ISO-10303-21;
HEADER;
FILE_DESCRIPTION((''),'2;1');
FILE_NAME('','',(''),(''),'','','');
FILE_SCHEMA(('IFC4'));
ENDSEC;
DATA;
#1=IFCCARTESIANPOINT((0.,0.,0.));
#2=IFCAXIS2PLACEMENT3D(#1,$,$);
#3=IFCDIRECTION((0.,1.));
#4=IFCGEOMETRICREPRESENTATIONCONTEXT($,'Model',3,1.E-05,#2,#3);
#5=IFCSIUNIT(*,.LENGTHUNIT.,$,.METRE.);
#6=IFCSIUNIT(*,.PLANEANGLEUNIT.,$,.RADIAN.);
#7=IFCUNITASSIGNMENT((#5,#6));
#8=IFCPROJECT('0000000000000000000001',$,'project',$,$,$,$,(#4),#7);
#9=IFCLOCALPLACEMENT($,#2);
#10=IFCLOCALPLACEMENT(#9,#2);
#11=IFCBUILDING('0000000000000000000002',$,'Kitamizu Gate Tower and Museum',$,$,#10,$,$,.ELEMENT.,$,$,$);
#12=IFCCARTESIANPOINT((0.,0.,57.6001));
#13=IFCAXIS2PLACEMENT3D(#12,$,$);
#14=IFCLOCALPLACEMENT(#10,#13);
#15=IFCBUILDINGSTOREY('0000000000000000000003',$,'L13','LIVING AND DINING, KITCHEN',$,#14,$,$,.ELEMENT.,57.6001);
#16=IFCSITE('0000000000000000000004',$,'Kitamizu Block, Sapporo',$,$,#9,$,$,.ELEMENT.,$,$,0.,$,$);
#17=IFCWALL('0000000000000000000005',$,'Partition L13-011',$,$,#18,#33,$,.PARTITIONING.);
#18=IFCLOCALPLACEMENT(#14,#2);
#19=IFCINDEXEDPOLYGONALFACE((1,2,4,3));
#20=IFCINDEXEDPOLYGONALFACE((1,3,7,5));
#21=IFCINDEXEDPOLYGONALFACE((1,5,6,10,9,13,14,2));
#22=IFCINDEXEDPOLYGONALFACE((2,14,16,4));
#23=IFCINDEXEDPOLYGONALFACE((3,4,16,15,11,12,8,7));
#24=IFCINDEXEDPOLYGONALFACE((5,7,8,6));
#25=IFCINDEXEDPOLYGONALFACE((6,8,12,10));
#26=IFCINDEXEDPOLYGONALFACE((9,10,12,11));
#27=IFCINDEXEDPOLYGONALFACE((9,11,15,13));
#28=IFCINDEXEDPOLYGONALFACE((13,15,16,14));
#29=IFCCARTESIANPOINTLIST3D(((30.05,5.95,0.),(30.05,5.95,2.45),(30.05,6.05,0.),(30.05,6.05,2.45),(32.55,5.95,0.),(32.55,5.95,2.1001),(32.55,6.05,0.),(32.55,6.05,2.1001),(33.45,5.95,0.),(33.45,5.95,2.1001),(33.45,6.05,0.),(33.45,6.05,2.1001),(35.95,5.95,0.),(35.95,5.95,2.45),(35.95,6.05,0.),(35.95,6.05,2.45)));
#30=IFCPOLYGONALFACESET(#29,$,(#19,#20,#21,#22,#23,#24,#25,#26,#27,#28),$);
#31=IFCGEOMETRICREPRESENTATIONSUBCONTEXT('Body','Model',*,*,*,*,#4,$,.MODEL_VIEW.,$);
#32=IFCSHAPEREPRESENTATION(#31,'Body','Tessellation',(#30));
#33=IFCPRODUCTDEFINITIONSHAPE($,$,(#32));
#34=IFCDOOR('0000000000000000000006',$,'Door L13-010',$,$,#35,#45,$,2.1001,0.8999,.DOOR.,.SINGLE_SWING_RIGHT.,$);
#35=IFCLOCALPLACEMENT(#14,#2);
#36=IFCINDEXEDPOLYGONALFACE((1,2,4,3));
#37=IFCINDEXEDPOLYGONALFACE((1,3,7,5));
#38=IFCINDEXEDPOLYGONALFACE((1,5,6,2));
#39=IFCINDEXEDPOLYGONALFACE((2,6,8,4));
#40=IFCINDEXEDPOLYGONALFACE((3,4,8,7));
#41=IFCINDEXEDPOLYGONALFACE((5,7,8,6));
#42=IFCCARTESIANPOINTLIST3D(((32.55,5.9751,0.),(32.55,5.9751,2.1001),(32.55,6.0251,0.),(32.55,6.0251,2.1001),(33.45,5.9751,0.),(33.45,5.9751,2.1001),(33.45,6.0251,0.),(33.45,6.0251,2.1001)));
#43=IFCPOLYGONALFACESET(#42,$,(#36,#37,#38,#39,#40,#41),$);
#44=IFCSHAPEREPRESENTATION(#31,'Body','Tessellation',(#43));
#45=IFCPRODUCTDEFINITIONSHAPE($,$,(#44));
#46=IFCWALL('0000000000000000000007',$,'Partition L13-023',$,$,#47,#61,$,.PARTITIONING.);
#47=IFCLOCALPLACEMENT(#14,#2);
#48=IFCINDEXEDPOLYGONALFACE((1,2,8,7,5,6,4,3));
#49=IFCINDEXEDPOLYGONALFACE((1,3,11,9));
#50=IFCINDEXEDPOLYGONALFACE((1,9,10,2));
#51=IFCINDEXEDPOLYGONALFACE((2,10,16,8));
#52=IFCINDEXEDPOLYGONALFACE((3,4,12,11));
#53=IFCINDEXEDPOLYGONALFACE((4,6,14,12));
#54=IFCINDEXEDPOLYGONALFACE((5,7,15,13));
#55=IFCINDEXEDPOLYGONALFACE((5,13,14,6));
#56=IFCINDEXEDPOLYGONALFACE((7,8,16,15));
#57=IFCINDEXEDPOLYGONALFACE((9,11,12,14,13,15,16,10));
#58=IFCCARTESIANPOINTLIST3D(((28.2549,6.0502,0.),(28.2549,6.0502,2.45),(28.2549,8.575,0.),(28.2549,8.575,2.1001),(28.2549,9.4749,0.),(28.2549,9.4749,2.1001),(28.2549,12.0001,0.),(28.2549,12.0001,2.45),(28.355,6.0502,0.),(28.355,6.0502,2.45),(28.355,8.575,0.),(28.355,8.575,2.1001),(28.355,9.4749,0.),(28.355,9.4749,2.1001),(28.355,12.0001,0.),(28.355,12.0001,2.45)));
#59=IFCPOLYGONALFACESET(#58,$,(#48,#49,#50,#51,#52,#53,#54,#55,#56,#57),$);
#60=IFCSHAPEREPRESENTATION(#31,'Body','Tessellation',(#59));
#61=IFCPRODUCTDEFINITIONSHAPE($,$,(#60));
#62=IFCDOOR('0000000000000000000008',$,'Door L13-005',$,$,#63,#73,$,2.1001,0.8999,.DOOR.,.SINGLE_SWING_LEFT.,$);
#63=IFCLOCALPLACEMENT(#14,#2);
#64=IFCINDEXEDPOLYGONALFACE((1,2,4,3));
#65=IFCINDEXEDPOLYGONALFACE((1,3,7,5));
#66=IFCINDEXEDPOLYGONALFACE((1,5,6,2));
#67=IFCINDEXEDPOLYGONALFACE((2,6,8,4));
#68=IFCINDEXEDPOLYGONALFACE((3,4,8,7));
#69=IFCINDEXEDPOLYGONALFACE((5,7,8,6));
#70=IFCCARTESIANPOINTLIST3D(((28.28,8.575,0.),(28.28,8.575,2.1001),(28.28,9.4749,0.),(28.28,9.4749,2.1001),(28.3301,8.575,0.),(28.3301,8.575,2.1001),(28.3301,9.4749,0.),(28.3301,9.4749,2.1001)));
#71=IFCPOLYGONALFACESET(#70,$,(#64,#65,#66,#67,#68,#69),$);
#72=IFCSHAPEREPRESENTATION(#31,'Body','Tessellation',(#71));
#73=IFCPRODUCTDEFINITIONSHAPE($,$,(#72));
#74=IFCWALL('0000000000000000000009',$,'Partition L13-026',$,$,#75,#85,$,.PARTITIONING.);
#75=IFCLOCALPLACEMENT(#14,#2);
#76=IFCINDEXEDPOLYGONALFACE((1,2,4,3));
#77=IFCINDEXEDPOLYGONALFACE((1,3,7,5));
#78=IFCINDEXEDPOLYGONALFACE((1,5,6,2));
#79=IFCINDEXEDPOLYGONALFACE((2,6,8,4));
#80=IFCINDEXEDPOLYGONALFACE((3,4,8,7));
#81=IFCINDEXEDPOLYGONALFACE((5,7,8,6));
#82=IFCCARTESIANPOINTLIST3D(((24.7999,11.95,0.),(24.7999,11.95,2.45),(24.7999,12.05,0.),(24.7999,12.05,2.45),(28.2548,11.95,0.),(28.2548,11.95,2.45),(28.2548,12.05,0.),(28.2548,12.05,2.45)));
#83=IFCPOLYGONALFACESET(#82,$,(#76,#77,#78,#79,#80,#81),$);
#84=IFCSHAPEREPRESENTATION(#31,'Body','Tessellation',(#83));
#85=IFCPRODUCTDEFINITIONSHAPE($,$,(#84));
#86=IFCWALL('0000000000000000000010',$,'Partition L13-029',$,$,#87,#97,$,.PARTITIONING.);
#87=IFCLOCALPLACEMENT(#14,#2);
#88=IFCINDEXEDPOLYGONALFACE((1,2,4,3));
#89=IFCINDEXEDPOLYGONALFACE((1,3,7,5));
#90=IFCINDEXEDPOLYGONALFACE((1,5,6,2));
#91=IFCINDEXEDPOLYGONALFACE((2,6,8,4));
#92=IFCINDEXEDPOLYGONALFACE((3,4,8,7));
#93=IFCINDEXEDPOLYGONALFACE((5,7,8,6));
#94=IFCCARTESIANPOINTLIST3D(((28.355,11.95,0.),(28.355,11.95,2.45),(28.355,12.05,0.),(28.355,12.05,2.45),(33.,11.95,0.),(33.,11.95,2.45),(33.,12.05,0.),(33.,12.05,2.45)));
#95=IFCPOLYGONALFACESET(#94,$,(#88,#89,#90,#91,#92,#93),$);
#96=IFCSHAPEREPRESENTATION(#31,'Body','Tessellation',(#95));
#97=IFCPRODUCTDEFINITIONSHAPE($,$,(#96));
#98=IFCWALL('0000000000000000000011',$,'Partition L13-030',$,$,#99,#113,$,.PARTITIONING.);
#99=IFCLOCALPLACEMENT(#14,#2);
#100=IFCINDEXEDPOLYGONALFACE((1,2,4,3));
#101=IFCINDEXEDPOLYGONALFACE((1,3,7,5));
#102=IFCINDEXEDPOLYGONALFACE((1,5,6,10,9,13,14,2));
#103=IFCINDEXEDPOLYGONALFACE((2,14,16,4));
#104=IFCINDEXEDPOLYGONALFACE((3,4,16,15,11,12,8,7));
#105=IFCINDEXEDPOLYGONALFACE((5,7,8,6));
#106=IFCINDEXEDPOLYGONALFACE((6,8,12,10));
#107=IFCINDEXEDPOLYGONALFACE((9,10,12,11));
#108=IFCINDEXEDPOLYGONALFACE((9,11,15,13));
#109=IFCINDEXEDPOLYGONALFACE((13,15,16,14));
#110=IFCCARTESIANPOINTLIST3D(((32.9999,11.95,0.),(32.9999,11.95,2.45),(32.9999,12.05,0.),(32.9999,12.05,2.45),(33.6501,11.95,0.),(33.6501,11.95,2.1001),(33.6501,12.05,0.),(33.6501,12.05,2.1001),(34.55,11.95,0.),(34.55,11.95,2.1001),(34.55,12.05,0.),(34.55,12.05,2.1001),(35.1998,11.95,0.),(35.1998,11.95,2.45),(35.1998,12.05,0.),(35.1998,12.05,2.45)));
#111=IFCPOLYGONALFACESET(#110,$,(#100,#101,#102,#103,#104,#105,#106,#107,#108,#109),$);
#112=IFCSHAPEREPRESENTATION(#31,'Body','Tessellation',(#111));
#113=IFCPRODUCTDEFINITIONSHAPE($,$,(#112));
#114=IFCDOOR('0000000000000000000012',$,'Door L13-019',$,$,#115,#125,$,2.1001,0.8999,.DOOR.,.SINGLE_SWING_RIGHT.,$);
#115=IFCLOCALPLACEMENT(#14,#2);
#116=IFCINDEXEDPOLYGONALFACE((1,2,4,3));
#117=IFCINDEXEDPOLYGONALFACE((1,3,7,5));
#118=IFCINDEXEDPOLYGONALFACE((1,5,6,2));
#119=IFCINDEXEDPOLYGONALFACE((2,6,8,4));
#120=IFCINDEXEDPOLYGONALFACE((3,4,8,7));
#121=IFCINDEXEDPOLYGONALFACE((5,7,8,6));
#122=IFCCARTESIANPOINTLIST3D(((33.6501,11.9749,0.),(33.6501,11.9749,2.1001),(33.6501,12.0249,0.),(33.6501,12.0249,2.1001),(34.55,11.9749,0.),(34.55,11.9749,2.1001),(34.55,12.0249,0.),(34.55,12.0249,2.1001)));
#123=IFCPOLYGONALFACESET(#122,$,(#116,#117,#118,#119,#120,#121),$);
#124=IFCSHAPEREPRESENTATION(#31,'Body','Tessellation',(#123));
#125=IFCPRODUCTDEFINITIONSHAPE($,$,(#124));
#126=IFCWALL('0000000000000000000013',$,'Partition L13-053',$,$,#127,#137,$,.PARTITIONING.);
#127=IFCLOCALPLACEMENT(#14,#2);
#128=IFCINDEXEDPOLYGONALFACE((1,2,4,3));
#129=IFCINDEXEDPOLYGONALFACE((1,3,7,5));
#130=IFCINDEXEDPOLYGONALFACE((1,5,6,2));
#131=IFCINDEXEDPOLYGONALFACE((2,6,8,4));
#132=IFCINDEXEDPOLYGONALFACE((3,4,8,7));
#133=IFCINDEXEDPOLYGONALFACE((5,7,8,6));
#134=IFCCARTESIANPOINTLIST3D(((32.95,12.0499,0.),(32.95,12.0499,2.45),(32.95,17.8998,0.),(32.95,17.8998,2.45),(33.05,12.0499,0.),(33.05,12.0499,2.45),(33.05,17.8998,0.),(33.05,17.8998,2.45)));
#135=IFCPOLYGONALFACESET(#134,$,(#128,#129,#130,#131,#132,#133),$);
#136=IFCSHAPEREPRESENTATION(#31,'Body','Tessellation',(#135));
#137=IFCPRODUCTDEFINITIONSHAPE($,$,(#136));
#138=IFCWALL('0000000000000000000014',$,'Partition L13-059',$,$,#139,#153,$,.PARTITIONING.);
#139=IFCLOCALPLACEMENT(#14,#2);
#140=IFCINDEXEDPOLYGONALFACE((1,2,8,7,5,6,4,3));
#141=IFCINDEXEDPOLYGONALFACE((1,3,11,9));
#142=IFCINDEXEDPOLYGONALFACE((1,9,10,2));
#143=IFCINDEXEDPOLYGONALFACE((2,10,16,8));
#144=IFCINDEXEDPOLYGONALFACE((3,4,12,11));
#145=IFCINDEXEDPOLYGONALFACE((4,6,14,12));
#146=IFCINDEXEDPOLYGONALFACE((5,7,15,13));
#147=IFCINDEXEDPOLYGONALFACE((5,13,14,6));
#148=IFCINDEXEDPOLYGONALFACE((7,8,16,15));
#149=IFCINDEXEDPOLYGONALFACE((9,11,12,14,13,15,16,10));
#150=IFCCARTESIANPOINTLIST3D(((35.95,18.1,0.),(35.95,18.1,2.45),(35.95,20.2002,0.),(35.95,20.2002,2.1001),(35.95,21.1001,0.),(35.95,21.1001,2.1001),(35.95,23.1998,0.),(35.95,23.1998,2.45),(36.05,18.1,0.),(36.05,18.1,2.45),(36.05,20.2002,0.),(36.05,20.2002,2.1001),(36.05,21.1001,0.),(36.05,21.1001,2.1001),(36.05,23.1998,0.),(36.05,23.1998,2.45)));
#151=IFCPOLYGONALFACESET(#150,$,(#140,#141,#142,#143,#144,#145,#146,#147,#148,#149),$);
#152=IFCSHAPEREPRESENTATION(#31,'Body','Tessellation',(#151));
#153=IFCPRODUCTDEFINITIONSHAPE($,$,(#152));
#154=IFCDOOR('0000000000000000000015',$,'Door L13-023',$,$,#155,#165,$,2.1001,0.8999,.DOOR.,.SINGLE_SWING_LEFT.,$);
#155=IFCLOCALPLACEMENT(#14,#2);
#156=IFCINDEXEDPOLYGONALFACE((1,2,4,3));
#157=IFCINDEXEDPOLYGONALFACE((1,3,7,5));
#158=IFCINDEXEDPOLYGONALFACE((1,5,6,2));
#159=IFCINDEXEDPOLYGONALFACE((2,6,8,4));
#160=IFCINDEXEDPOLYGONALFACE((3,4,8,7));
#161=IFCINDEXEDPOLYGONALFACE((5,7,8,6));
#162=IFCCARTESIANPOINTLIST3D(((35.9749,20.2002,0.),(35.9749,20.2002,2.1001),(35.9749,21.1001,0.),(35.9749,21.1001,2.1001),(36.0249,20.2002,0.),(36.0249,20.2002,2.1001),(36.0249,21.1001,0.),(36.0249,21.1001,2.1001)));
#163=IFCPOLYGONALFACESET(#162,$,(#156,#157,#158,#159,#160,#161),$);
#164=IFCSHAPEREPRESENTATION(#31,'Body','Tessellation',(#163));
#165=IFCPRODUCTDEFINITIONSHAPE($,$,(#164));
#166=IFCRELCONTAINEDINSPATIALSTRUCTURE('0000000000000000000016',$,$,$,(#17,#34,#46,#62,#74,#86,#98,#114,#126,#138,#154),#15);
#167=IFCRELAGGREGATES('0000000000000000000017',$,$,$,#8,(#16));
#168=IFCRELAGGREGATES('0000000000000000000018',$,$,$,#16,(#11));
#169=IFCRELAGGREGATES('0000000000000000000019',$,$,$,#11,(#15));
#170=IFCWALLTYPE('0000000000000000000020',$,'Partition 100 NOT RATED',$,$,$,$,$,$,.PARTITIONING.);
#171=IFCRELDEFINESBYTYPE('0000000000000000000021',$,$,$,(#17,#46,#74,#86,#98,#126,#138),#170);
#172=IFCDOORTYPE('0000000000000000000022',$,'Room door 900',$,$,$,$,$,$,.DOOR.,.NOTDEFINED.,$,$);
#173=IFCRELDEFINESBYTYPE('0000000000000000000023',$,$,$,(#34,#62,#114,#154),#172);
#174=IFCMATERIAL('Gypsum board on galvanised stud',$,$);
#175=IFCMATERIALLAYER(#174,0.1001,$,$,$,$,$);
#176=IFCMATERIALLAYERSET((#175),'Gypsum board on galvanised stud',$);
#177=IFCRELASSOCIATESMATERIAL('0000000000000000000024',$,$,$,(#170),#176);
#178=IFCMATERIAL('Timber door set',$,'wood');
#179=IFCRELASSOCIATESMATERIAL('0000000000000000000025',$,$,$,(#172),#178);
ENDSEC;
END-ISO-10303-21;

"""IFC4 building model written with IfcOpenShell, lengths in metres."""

from ifc_helpers import new_model, si_unit, direction, frame, frame_2d, origin, place, context, subcontext, project, spatial, rectangle, extrude, material, layer, layer_set, type_object, element, fill, save


model = new_model("IFC4")

# Units and contexts
model_context = context("Model", 3, precision=1e-05, world=origin(), true_north=direction((0.0, 1.0)))
body_context = subcontext(model_context, "Body", "Model", "MODEL_VIEW")
ifc_project = project(units=[si_unit("LENGTHUNIT", "METRE"), si_unit("PLANEANGLEUNIT", "RADIAN")], contexts=[model_context])

# Site, building, storey
site_placement = place(None, origin())
site = spatial("IfcSite", under=ifc_project, at=site_placement, Name="Kitamizu Block, Sapporo", CompositionType="ELEMENT", RefElevation=0.0)
building_placement = place(site_placement, origin())
building = spatial("IfcBuilding", under=site, at=building_placement, Name="Kitamizu Gate Tower and Museum", CompositionType="ELEMENT")
storey_placement = place(building_placement, frame((0.0, 0.0, 57.6001)))
storey = spatial("IfcBuildingStorey", under=building, at=storey_placement, Name="L13", Description="LIVING AND DINING, KITCHEN", CompositionType="ELEMENT", Elevation=57.6001)

# Shared definitions
ifc_material_1 = material(Name="Gypsum board on galvanised stud")
ifc_layer_1 = layer(ifc_material_1, 0.1001)
ifc_layer_set_1 = layer_set([ifc_layer_1], Name="Gypsum board on galvanised stud")
wall_type_1 = type_object("IfcWallType", Name="Partition 100 NOT RATED", PredefinedType="PARTITIONING", material=ifc_layer_set_1)

# Walls, openings, doors
wall_1_placement = place(storey_placement, frame((35.95, 6.0, 0.0), z_axis=(0.0, 0.0, 1.0), x_axis=(-1.0, 0.0, 0.0)))
wall_1 = element("IfcWall", 1, at=wall_1_placement, inside=storey, type_object=wall_type_1, Name="Partition L13-011", PredefinedType="PARTITIONING", context=body_context, shape_type="SweptSolid", body=[
    extrude(rectangle(XDim=5.8999, YDim=0.1001, at=frame_2d((2.95, 0.0))), origin(), (0.0, 0.0, 1.0), 2.45),
])
opening_1_placement = place(wall_1_placement, frame((2.5, 0.0, 0.0)))
opening_1 = element("IfcOpeningElement", 2, at=opening_1_placement, cuts=wall_1, PredefinedType="OPENING", context=body_context, shape_type="SweptSolid", body=[
    extrude(rectangle(XDim=0.8999, YDim=2.1001, at=frame_2d((0.45, 1.05))), frame((0.0, 0.0601, 0.0), z_axis=(0.0, -1.0, 0.0), x_axis=(1.0, 0.0, 0.0)), (0.0, 0.0, 1.0), 0.1201),
])
ifc_material_2 = material(Name="Timber door set", Category="wood")
door_type_1 = type_object("IfcDoorType", Name="Room door 900", OperationType="NOTDEFINED", PredefinedType="DOOR", material=ifc_material_2)
door_1_placement = place(opening_1_placement, origin())
door_1 = element("IfcDoor", 3, at=door_1_placement, inside=storey, type_object=door_type_1, Name="Door L13-010", OperationType="SINGLE_SWING_RIGHT", OverallHeight=2.1001, OverallWidth=0.8999, PredefinedType="DOOR", context=body_context, shape_type="SweptSolid", body=[
    extrude(rectangle(XDim=0.8999, YDim=2.1001, at=frame_2d((0.45, 1.05))), frame((0.0, 0.0249, 0.0), z_axis=(0.0, -1.0, 0.0), x_axis=(1.0, 0.0, 0.0)), (0.0, 0.0, 1.0), 0.05),
])
fill(opening_1, door_1)
wall_2_placement = place(storey_placement, frame((28.3049, 6.05, 0.0), z_axis=(0.0, 0.0, 1.0), x_axis=(0.0, 1.0, 0.0)))
wall_2 = element("IfcWall", 4, at=wall_2_placement, inside=storey, type_object=wall_type_1, Name="Partition L13-023", PredefinedType="PARTITIONING", context=body_context, shape_type="SweptSolid", body=[
    extrude(rectangle(XDim=5.95, YDim=0.1001, at=frame_2d((2.9751, 0.0))), origin(), (0.0, 0.0, 1.0), 2.45),
])
opening_2_placement = place(wall_2_placement, frame((2.5249, 0.0, 0.0)))
opening_2 = element("IfcOpeningElement", 5, at=opening_2_placement, cuts=wall_2, PredefinedType="OPENING", context=body_context, shape_type="SweptSolid", body=[
    extrude(rectangle(XDim=0.8999, YDim=2.1001, at=frame_2d((0.45, 1.05))), frame((0.0, 0.0601, 0.0), z_axis=(0.0, -1.0, 0.0), x_axis=(1.0, 0.0, 0.0)), (0.0, 0.0, 1.0), 0.1201),
])
door_2_placement = place(opening_2_placement, origin())
door_2 = element("IfcDoor", 6, at=door_2_placement, inside=storey, type_object=door_type_1, Name="Door L13-005", OperationType="SINGLE_SWING_LEFT", OverallHeight=2.1001, OverallWidth=0.8999, PredefinedType="DOOR", context=body_context, shape_type="SweptSolid", body=[
    extrude(rectangle(XDim=0.8999, YDim=2.1001, at=frame_2d((0.45, 1.05))), frame((0.0, 0.0249, 0.0), z_axis=(0.0, -1.0, 0.0), x_axis=(1.0, 0.0, 0.0)), (0.0, 0.0, 1.0), 0.05),
])
fill(opening_2, door_2)

# Walls
wall_3_placement = place(storey_placement, frame((28.2549, 12.0, 0.0), z_axis=(0.0, 0.0, 1.0), x_axis=(-1.0, 0.0, 0.0)))
element("IfcWall", 7, at=wall_3_placement, inside=storey, type_object=wall_type_1, Name="Partition L13-026", PredefinedType="PARTITIONING", context=body_context, shape_type="SweptSolid", body=[
    extrude(rectangle(XDim=3.4548, YDim=0.1001, at=frame_2d((1.7275, 0.0))), origin(), (0.0, 0.0, 1.0), 2.45),
])
wall_4_placement = place(storey_placement, frame((33.0, 12.0, 0.0), z_axis=(0.0, 0.0, 1.0), x_axis=(-1.0, 0.0, 0.0)))
element("IfcWall", 8, at=wall_4_placement, inside=storey, type_object=wall_type_1, Name="Partition L13-029", PredefinedType="PARTITIONING", context=body_context, shape_type="SweptSolid", body=[
    extrude(rectangle(XDim=4.645, YDim=0.1001, at=frame_2d((2.3225, 0.0))), origin(), (0.0, 0.0, 1.0), 2.45),
])

# Wall, opening, door
wall_5_placement = place(storey_placement, frame((35.2, 12.0, 0.0), z_axis=(0.0, 0.0, 1.0), x_axis=(-1.0, 0.0, 0.0)))
wall_5 = element("IfcWall", 9, at=wall_5_placement, inside=storey, type_object=wall_type_1, Name="Partition L13-030", PredefinedType="PARTITIONING", context=body_context, shape_type="SweptSolid", body=[
    extrude(rectangle(XDim=2.2, YDim=0.1001, at=frame_2d((1.1001, 0.0))), origin(), (0.0, 0.0, 1.0), 2.45),
])
opening_3_placement = place(wall_5_placement, frame((0.6499, 0.0, 0.0)))
opening_3 = element("IfcOpeningElement", 10, at=opening_3_placement, cuts=wall_5, PredefinedType="OPENING", context=body_context, shape_type="SweptSolid", body=[
    extrude(rectangle(XDim=0.8999, YDim=2.1001, at=frame_2d((0.45, 1.05))), frame((0.0, 0.0601, 0.0), z_axis=(0.0, -1.0, 0.0), x_axis=(1.0, 0.0, 0.0)), (0.0, 0.0, 1.0), 0.1201),
])
door_3_placement = place(opening_3_placement, frame((0.8999, 0.0, 0.0), x_axis=(-1.0, 0.0, 0.0)))
door_3 = element("IfcDoor", 11, at=door_3_placement, inside=storey, type_object=door_type_1, Name="Door L13-019", OperationType="SINGLE_SWING_RIGHT", OverallHeight=2.1001, OverallWidth=0.8999, PredefinedType="DOOR", context=body_context, shape_type="SweptSolid", body=[
    extrude(rectangle(XDim=0.8999, YDim=2.1001, at=frame_2d((0.45, 1.05))), frame((0.0, 0.0249, 0.0), z_axis=(0.0, -1.0, 0.0), x_axis=(1.0, 0.0, 0.0)), (0.0, 0.0, 1.0), 0.05),
])
fill(opening_3, door_3)

# Wall
wall_6_placement = place(storey_placement, frame((33.0, 12.05, 0.0), z_axis=(0.0, 0.0, 1.0), x_axis=(0.0, 1.0, 0.0)))
element("IfcWall", 12, at=wall_6_placement, inside=storey, type_object=wall_type_1, Name="Partition L13-053", PredefinedType="PARTITIONING", context=body_context, shape_type="SweptSolid", body=[
    extrude(rectangle(XDim=5.8499, YDim=0.1001, at=frame_2d((2.9248, 0.0))), origin(), (0.0, 0.0, 1.0), 2.45),
])

# Wall, opening, door
wall_7_placement = place(storey_placement, frame((36.0, 18.1001, 0.0), z_axis=(0.0, 0.0, 1.0), x_axis=(0.0, 1.0, 0.0)))
wall_7 = element("IfcWall", 13, at=wall_7_placement, inside=storey, type_object=wall_type_1, Name="Partition L13-059", PredefinedType="PARTITIONING", context=body_context, shape_type="SweptSolid", body=[
    extrude(rectangle(XDim=5.0999, YDim=0.1001, at=frame_2d((2.5498, 0.0))), origin(), (0.0, 0.0, 1.0), 2.45),
])
opening_4_placement = place(wall_7_placement, frame((2.1001, 0.0, 0.0)))
opening_4 = element("IfcOpeningElement", 14, at=opening_4_placement, cuts=wall_7, PredefinedType="OPENING", context=body_context, shape_type="SweptSolid", body=[
    extrude(rectangle(XDim=0.8999, YDim=2.1001, at=frame_2d((0.45, 1.05))), frame((0.0, 0.0601, 0.0), z_axis=(0.0, -1.0, 0.0), x_axis=(1.0, 0.0, 0.0)), (0.0, 0.0, 1.0), 0.1201),
])
door_4_placement = place(opening_4_placement, frame((0.8999, 0.0, 0.0), x_axis=(-1.0, 0.0, 0.0)))
door_4 = element("IfcDoor", 15, at=door_4_placement, inside=storey, type_object=door_type_1, Name="Door L13-023", OperationType="SINGLE_SWING_LEFT", OverallHeight=2.1001, OverallWidth=0.8999, PredefinedType="DOOR", context=body_context, shape_type="SweptSolid", body=[
    extrude(rectangle(XDim=0.8999, YDim=2.1001, at=frame_2d((0.45, 1.05))), frame((0.0, 0.0249, 0.0), z_axis=(0.0, -1.0, 0.0), x_axis=(1.0, 0.0, 0.0)), (0.0, 0.0, 1.0), 0.05),
])
fill(opening_4, door_4)

save(model, "model.ifc")
